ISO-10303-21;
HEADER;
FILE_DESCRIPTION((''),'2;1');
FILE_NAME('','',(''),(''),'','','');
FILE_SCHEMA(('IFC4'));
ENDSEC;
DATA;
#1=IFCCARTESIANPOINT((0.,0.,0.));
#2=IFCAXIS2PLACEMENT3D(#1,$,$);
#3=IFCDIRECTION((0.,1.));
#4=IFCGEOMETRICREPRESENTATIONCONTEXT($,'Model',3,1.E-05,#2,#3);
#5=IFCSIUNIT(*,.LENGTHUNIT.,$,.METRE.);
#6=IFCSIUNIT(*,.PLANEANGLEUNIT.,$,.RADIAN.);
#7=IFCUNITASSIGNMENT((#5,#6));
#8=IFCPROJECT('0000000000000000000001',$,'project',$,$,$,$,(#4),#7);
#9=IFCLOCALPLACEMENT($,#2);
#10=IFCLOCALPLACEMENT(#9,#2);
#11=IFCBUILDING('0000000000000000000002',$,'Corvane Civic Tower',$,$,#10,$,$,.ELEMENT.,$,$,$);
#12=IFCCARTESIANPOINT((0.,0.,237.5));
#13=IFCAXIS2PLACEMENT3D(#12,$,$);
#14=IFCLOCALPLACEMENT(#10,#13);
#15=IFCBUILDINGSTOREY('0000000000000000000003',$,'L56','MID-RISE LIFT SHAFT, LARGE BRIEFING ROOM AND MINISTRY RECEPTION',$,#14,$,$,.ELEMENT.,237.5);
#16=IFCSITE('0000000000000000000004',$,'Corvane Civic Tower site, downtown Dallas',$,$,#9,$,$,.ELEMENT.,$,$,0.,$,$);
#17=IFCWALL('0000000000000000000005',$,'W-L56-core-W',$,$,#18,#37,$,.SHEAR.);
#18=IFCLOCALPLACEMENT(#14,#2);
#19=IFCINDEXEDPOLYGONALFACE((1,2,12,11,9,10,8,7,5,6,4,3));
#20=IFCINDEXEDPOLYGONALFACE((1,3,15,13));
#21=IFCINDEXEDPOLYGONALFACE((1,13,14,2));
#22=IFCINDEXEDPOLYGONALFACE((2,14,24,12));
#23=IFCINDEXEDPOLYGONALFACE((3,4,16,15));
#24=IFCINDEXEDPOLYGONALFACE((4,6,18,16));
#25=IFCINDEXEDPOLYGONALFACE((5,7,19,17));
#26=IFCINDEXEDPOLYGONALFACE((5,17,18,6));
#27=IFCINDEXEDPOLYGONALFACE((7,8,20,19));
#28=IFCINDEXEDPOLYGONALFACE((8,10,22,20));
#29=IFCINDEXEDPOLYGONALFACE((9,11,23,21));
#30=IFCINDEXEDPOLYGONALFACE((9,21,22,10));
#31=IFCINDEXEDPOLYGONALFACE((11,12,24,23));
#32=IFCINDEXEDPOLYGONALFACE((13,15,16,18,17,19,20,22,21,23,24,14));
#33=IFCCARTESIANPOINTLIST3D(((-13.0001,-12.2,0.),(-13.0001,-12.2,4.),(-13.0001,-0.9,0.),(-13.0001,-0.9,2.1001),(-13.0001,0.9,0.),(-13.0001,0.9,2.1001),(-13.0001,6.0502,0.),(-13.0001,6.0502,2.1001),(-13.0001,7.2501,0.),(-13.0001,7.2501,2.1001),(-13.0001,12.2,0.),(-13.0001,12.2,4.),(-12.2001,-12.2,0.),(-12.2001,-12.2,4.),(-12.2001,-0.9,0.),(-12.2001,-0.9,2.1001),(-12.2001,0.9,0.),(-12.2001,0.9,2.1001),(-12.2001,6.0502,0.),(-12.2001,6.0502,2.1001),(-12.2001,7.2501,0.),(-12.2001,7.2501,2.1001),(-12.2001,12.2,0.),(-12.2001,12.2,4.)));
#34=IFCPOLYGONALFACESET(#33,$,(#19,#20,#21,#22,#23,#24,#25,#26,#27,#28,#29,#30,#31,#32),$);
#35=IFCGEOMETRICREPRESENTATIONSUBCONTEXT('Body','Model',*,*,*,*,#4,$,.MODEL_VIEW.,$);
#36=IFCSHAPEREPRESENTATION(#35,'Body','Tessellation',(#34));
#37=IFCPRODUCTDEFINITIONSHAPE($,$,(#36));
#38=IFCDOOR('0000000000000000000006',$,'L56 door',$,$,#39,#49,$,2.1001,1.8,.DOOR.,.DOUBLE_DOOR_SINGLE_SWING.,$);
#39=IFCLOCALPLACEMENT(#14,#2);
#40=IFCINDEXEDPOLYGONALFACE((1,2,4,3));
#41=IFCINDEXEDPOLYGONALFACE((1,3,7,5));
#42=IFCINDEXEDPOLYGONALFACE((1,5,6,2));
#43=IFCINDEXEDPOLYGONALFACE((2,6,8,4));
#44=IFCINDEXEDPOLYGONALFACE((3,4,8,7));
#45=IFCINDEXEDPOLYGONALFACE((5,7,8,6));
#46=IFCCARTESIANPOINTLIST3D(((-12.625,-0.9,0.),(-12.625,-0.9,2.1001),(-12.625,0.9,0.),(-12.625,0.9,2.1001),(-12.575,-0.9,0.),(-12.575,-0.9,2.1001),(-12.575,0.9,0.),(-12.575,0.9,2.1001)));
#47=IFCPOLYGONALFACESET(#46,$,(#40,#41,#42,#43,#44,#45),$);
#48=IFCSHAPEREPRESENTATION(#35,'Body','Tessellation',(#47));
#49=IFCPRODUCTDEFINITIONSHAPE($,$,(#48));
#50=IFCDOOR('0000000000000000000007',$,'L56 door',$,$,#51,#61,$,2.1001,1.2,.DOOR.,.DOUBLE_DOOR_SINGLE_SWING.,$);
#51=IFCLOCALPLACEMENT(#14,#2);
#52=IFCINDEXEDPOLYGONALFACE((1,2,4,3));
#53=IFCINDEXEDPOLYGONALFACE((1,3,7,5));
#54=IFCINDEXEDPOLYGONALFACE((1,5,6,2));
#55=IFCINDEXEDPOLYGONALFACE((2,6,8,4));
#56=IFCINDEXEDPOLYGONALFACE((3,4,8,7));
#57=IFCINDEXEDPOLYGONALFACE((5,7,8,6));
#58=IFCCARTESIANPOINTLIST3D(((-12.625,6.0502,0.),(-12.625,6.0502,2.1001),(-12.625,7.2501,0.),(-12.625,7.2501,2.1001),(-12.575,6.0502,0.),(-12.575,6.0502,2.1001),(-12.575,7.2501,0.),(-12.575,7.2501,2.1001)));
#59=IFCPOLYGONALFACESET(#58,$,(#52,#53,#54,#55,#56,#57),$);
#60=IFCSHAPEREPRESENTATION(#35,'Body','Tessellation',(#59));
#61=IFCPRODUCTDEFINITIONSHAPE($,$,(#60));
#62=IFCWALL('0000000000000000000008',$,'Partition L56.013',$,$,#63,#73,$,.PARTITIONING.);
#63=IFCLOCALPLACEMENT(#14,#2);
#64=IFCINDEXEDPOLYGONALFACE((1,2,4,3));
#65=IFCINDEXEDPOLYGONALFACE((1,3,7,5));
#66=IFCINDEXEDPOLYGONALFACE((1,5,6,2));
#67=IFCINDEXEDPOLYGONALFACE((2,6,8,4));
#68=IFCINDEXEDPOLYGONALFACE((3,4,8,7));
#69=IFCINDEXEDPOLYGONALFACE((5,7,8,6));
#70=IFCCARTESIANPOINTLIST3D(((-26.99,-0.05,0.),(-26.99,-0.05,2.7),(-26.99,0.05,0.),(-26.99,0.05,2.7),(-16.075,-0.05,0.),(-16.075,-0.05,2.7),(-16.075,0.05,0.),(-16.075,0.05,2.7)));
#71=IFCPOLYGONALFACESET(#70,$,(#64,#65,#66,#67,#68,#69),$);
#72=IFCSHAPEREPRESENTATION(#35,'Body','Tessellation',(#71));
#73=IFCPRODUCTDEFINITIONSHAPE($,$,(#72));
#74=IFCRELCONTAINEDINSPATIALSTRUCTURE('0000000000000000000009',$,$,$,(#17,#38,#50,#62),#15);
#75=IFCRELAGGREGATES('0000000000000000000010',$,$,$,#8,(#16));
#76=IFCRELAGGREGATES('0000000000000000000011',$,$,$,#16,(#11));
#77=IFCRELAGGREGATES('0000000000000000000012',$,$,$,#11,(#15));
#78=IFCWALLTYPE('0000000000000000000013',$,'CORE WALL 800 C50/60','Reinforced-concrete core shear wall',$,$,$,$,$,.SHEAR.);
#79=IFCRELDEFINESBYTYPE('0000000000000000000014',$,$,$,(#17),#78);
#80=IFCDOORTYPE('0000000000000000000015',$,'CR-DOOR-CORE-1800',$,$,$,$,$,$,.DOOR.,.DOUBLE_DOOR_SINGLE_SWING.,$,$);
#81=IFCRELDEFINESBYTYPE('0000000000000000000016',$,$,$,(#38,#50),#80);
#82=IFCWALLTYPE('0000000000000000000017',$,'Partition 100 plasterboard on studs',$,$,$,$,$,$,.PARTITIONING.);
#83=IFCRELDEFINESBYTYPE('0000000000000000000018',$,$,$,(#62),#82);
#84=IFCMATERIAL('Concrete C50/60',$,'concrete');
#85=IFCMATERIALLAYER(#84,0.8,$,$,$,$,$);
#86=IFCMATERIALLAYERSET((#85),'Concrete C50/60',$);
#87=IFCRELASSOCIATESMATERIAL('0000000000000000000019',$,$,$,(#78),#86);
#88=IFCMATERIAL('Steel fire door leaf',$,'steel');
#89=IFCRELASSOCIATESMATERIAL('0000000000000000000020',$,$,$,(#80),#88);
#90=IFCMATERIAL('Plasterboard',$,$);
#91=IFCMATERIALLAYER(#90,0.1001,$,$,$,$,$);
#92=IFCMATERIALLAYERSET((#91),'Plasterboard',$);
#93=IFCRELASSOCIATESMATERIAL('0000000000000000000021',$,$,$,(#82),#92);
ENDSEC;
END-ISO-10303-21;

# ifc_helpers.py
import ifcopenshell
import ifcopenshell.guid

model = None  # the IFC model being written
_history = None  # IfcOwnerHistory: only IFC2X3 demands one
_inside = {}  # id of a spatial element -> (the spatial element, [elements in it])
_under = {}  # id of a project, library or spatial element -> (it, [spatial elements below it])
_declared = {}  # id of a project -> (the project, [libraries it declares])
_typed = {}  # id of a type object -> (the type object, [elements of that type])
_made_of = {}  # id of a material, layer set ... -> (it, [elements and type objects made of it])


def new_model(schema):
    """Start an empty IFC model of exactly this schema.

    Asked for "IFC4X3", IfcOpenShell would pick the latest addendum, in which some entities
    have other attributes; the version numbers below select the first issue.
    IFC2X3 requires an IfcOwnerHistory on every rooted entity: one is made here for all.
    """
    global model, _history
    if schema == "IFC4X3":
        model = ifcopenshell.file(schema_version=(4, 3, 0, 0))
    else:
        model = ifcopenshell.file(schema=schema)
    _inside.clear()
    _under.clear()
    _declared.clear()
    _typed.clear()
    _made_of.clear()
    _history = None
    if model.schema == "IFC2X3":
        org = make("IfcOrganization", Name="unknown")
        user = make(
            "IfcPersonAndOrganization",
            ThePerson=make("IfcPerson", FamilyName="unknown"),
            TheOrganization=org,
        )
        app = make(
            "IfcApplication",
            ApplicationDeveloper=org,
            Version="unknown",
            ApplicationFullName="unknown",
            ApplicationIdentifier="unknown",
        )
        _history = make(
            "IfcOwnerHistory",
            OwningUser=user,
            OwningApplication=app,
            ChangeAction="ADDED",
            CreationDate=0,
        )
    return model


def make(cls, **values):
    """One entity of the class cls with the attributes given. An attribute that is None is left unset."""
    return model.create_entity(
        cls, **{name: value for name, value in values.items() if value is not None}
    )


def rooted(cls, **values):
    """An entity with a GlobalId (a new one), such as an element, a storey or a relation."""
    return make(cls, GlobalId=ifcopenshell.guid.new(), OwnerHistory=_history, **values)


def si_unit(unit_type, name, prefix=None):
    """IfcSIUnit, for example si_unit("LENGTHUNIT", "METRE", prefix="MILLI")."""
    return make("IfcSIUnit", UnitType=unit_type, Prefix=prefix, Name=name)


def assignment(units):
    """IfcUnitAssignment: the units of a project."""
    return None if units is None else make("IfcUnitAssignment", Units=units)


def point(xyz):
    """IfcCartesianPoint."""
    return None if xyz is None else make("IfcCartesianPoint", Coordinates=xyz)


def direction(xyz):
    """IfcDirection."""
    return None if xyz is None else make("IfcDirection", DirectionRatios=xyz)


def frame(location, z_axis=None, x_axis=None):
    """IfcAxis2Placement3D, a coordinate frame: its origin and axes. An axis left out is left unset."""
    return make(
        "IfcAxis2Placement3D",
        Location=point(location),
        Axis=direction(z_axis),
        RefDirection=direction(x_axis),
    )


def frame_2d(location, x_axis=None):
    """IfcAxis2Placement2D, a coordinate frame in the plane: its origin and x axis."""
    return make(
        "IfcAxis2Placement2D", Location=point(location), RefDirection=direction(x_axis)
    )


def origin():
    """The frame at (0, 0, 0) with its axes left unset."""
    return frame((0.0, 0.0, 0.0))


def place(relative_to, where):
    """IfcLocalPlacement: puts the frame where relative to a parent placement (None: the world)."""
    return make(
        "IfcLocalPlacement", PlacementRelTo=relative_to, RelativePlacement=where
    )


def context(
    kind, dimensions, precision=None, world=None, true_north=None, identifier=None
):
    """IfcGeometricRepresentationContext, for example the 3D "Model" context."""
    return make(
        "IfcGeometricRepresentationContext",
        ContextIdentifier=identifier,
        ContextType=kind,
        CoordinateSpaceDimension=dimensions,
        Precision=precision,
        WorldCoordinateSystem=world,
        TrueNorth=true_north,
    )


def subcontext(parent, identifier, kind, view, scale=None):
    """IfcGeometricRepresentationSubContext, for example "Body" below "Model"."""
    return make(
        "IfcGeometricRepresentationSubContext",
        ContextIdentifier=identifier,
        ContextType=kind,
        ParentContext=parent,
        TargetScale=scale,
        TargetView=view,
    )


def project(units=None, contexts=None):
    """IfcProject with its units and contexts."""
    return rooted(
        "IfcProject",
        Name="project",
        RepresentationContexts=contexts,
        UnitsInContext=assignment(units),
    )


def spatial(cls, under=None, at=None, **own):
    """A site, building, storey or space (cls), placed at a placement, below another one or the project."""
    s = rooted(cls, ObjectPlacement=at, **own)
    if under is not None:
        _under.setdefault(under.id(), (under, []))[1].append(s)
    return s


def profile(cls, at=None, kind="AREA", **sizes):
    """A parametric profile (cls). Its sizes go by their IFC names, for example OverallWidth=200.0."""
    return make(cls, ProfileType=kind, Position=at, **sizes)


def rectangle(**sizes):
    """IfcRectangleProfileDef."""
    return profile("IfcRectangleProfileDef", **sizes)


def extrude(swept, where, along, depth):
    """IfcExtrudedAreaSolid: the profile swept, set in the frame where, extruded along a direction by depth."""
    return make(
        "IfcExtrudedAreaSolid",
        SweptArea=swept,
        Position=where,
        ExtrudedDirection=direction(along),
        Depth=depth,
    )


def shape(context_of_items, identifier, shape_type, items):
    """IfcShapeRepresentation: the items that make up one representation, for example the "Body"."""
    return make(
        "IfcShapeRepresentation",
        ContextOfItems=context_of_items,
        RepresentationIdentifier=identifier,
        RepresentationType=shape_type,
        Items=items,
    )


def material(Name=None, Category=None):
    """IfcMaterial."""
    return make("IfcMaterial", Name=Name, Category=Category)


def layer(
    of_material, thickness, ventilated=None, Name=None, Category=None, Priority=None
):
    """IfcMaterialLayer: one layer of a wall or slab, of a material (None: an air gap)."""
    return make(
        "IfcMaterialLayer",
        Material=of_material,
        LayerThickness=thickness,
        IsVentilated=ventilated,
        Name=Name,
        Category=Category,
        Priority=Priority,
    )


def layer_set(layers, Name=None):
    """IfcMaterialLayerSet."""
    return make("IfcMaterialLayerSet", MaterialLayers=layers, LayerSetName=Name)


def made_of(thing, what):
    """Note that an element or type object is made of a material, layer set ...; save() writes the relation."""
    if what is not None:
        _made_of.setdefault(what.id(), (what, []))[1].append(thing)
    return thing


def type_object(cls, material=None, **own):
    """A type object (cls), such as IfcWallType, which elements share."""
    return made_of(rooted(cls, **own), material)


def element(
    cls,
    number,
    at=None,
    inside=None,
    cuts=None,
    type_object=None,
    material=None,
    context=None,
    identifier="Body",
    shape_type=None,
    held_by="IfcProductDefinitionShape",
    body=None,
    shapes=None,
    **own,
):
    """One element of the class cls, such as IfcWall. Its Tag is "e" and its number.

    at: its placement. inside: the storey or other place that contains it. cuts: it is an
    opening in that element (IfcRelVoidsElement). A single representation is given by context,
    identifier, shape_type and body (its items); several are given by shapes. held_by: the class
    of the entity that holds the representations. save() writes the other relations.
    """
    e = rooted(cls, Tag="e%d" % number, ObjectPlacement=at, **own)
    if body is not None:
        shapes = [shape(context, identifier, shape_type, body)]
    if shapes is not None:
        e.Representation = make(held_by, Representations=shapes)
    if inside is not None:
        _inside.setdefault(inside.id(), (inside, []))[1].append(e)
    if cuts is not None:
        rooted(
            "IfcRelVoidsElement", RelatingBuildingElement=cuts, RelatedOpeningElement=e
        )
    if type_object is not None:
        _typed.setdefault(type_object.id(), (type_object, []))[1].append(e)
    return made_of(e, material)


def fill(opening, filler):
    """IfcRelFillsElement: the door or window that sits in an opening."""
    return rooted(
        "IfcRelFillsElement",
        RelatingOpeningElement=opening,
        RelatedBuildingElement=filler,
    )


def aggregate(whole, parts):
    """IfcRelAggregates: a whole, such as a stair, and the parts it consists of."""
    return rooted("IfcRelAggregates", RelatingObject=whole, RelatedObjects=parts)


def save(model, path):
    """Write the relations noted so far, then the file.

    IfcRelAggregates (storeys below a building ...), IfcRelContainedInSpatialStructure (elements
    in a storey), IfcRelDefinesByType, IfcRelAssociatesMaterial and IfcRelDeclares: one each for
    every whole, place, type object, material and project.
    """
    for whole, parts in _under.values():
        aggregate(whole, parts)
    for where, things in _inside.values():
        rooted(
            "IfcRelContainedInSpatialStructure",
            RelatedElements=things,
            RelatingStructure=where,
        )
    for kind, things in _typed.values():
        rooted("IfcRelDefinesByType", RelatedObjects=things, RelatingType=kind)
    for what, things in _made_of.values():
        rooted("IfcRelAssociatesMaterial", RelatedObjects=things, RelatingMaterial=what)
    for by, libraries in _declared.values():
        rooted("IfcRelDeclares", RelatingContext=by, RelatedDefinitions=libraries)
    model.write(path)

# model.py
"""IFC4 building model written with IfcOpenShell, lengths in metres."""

from ifc_helpers import new_model, si_unit, direction, frame, frame_2d, origin, place, context, subcontext, project, spatial, rectangle, extrude, material, layer, layer_set, type_object, element, fill, save


model = new_model("IFC4")

# Units and contexts
model_context = context("Model", 3, precision=1e-05, world=origin(), true_north=direction((0.0, 1.0)))
body_context = subcontext(model_context, "Body", "Model", "MODEL_VIEW")
ifc_project = project(units=[si_unit("LENGTHUNIT", "METRE"), si_unit("PLANEANGLEUNIT", "RADIAN")], contexts=[model_context])

# Site, building, storey
site_placement = place(None, origin())
site = spatial("IfcSite", under=ifc_project, at=site_placement, Name="Corvane Civic Tower site, downtown Dallas", CompositionType="ELEMENT", RefElevation=0.0)
building_placement = place(site_placement, origin())
building = spatial("IfcBuilding", under=site, at=building_placement, Name="Corvane Civic Tower", CompositionType="ELEMENT")
storey_placement = place(building_placement, frame((0.0, 0.0, 237.5)))
storey = spatial("IfcBuildingStorey", under=building, at=storey_placement, Name="L56", Description="MID-RISE LIFT SHAFT, LARGE BRIEFING ROOM AND MINISTRY RECEPTION", CompositionType="ELEMENT", Elevation=237.5)

# Shared definitions
ifc_material_1 = material(Name="Concrete C50/60", Category="concrete")
ifc_layer_1 = layer(ifc_material_1, 0.8)
ifc_layer_set_1 = layer_set([ifc_layer_1], Name="Concrete C50/60")
wall_type_1 = type_object("IfcWallType", Name="CORE WALL 800 C50/60", Description="Reinforced-concrete core shear wall", PredefinedType="SHEAR", material=ifc_layer_set_1)

# Wall, openings, doors
wall_1_placement = place(storey_placement, frame((-12.6001, -12.2, 0.0), z_axis=(0.0, 0.0, 1.0), x_axis=(0.0, 1.0, 0.0)))
wall_1 = element("IfcWall", 1, at=wall_1_placement, inside=storey, type_object=wall_type_1, Name="W-L56-core-W", PredefinedType="SHEAR", context=body_context, shape_type="SweptSolid", body=[
    extrude(rectangle(XDim=24.3999, YDim=0.8, at=frame_2d((12.2, 0.0))), origin(), (0.0, 0.0, 1.0), 4.0),
])
opening_1_placement = place(wall_1_placement, frame((11.3, 0.0, 0.0)))
opening_1 = element("IfcOpeningElement", 2, at=opening_1_placement, cuts=wall_1, PredefinedType="OPENING", context=body_context, shape_type="SweptSolid", body=[
    extrude(rectangle(XDim=1.8, YDim=2.1001, at=frame_2d((0.8999, 1.05))), frame((0.0, 0.4099, 0.0), z_axis=(0.0, -1.0, 0.0), x_axis=(1.0, 0.0, 0.0)), (0.0, 0.0, 1.0), 0.8201),
])
opening_2_placement = place(wall_1_placement, frame((18.25, 0.0, 0.0)))
opening_2 = element("IfcOpeningElement", 3, at=opening_2_placement, cuts=wall_1, PredefinedType="OPENING", context=body_context, shape_type="SweptSolid", body=[
    extrude(rectangle(XDim=1.2, YDim=2.1001, at=frame_2d((0.6001, 1.05))), frame((0.0, 0.4099, 0.0), z_axis=(0.0, -1.0, 0.0), x_axis=(1.0, 0.0, 0.0)), (0.0, 0.0, 1.0), 0.8201),
])
ifc_material_2 = material(Name="Steel fire door leaf", Category="steel")
door_type = type_object("IfcDoorType", Name="CR-DOOR-CORE-1800", OperationType="DOUBLE_DOOR_SINGLE_SWING", PredefinedType="DOOR", material=ifc_material_2)
door_1_placement = place(opening_1_placement, origin())
door_1 = element("IfcDoor", 4, at=door_1_placement, inside=storey, type_object=door_type, Name="L56 door", OperationType="DOUBLE_DOOR_SINGLE_SWING", OverallHeight=2.1001, OverallWidth=1.8, PredefinedType="DOOR", context=body_context, shape_type="SweptSolid", body=[
    extrude(rectangle(XDim=1.8, YDim=2.1001, at=frame_2d((0.8999, 1.05))), frame((0.0, 0.0249, 0.0), z_axis=(0.0, -1.0, 0.0), x_axis=(1.0, 0.0, 0.0)), (0.0, 0.0, 1.0), 0.05),
])
fill(opening_1, door_1)
door_2_placement = place(opening_2_placement, origin())
door_2 = element("IfcDoor", 5, at=door_2_placement, inside=storey, type_object=door_type, Name="L56 door", OperationType="DOUBLE_DOOR_SINGLE_SWING", OverallHeight=2.1001, OverallWidth=1.2, PredefinedType="DOOR", context=body_context, shape_type="SweptSolid", body=[
    extrude(rectangle(XDim=1.2, YDim=2.1001, at=frame_2d((0.6001, 1.05))), frame((0.0, 0.0249, 0.0), z_axis=(0.0, -1.0, 0.0), x_axis=(1.0, 0.0, 0.0)), (0.0, 0.0, 1.0), 0.05),
])
fill(opening_2, door_2)

# Wall
ifc_material_3 = material(Name="Plasterboard")
ifc_layer_2 = layer(ifc_material_3, 0.1001)
ifc_layer_set_2 = layer_set([ifc_layer_2], Name="Plasterboard")
wall_type_2 = type_object("IfcWallType", Name="Partition 100 plasterboard on studs", PredefinedType="PARTITIONING", material=ifc_layer_set_2)
wall_2_placement = place(storey_placement, frame((-26.99, 0.0, 0.0), z_axis=(0.0, 0.0, 1.0), x_axis=(1.0, 0.0, 0.0)))
element("IfcWall", 6, at=wall_2_placement, inside=storey, type_object=wall_type_2, Name="Partition L56.013", PredefinedType="PARTITIONING", context=body_context, shape_type="SweptSolid", body=[
    extrude(rectangle(XDim=10.915, YDim=0.1001, at=frame_2d((5.4575, 0.0))), origin(), (0.0, 0.0, 1.0), 2.7),
])

save(model, "model.ifc")
